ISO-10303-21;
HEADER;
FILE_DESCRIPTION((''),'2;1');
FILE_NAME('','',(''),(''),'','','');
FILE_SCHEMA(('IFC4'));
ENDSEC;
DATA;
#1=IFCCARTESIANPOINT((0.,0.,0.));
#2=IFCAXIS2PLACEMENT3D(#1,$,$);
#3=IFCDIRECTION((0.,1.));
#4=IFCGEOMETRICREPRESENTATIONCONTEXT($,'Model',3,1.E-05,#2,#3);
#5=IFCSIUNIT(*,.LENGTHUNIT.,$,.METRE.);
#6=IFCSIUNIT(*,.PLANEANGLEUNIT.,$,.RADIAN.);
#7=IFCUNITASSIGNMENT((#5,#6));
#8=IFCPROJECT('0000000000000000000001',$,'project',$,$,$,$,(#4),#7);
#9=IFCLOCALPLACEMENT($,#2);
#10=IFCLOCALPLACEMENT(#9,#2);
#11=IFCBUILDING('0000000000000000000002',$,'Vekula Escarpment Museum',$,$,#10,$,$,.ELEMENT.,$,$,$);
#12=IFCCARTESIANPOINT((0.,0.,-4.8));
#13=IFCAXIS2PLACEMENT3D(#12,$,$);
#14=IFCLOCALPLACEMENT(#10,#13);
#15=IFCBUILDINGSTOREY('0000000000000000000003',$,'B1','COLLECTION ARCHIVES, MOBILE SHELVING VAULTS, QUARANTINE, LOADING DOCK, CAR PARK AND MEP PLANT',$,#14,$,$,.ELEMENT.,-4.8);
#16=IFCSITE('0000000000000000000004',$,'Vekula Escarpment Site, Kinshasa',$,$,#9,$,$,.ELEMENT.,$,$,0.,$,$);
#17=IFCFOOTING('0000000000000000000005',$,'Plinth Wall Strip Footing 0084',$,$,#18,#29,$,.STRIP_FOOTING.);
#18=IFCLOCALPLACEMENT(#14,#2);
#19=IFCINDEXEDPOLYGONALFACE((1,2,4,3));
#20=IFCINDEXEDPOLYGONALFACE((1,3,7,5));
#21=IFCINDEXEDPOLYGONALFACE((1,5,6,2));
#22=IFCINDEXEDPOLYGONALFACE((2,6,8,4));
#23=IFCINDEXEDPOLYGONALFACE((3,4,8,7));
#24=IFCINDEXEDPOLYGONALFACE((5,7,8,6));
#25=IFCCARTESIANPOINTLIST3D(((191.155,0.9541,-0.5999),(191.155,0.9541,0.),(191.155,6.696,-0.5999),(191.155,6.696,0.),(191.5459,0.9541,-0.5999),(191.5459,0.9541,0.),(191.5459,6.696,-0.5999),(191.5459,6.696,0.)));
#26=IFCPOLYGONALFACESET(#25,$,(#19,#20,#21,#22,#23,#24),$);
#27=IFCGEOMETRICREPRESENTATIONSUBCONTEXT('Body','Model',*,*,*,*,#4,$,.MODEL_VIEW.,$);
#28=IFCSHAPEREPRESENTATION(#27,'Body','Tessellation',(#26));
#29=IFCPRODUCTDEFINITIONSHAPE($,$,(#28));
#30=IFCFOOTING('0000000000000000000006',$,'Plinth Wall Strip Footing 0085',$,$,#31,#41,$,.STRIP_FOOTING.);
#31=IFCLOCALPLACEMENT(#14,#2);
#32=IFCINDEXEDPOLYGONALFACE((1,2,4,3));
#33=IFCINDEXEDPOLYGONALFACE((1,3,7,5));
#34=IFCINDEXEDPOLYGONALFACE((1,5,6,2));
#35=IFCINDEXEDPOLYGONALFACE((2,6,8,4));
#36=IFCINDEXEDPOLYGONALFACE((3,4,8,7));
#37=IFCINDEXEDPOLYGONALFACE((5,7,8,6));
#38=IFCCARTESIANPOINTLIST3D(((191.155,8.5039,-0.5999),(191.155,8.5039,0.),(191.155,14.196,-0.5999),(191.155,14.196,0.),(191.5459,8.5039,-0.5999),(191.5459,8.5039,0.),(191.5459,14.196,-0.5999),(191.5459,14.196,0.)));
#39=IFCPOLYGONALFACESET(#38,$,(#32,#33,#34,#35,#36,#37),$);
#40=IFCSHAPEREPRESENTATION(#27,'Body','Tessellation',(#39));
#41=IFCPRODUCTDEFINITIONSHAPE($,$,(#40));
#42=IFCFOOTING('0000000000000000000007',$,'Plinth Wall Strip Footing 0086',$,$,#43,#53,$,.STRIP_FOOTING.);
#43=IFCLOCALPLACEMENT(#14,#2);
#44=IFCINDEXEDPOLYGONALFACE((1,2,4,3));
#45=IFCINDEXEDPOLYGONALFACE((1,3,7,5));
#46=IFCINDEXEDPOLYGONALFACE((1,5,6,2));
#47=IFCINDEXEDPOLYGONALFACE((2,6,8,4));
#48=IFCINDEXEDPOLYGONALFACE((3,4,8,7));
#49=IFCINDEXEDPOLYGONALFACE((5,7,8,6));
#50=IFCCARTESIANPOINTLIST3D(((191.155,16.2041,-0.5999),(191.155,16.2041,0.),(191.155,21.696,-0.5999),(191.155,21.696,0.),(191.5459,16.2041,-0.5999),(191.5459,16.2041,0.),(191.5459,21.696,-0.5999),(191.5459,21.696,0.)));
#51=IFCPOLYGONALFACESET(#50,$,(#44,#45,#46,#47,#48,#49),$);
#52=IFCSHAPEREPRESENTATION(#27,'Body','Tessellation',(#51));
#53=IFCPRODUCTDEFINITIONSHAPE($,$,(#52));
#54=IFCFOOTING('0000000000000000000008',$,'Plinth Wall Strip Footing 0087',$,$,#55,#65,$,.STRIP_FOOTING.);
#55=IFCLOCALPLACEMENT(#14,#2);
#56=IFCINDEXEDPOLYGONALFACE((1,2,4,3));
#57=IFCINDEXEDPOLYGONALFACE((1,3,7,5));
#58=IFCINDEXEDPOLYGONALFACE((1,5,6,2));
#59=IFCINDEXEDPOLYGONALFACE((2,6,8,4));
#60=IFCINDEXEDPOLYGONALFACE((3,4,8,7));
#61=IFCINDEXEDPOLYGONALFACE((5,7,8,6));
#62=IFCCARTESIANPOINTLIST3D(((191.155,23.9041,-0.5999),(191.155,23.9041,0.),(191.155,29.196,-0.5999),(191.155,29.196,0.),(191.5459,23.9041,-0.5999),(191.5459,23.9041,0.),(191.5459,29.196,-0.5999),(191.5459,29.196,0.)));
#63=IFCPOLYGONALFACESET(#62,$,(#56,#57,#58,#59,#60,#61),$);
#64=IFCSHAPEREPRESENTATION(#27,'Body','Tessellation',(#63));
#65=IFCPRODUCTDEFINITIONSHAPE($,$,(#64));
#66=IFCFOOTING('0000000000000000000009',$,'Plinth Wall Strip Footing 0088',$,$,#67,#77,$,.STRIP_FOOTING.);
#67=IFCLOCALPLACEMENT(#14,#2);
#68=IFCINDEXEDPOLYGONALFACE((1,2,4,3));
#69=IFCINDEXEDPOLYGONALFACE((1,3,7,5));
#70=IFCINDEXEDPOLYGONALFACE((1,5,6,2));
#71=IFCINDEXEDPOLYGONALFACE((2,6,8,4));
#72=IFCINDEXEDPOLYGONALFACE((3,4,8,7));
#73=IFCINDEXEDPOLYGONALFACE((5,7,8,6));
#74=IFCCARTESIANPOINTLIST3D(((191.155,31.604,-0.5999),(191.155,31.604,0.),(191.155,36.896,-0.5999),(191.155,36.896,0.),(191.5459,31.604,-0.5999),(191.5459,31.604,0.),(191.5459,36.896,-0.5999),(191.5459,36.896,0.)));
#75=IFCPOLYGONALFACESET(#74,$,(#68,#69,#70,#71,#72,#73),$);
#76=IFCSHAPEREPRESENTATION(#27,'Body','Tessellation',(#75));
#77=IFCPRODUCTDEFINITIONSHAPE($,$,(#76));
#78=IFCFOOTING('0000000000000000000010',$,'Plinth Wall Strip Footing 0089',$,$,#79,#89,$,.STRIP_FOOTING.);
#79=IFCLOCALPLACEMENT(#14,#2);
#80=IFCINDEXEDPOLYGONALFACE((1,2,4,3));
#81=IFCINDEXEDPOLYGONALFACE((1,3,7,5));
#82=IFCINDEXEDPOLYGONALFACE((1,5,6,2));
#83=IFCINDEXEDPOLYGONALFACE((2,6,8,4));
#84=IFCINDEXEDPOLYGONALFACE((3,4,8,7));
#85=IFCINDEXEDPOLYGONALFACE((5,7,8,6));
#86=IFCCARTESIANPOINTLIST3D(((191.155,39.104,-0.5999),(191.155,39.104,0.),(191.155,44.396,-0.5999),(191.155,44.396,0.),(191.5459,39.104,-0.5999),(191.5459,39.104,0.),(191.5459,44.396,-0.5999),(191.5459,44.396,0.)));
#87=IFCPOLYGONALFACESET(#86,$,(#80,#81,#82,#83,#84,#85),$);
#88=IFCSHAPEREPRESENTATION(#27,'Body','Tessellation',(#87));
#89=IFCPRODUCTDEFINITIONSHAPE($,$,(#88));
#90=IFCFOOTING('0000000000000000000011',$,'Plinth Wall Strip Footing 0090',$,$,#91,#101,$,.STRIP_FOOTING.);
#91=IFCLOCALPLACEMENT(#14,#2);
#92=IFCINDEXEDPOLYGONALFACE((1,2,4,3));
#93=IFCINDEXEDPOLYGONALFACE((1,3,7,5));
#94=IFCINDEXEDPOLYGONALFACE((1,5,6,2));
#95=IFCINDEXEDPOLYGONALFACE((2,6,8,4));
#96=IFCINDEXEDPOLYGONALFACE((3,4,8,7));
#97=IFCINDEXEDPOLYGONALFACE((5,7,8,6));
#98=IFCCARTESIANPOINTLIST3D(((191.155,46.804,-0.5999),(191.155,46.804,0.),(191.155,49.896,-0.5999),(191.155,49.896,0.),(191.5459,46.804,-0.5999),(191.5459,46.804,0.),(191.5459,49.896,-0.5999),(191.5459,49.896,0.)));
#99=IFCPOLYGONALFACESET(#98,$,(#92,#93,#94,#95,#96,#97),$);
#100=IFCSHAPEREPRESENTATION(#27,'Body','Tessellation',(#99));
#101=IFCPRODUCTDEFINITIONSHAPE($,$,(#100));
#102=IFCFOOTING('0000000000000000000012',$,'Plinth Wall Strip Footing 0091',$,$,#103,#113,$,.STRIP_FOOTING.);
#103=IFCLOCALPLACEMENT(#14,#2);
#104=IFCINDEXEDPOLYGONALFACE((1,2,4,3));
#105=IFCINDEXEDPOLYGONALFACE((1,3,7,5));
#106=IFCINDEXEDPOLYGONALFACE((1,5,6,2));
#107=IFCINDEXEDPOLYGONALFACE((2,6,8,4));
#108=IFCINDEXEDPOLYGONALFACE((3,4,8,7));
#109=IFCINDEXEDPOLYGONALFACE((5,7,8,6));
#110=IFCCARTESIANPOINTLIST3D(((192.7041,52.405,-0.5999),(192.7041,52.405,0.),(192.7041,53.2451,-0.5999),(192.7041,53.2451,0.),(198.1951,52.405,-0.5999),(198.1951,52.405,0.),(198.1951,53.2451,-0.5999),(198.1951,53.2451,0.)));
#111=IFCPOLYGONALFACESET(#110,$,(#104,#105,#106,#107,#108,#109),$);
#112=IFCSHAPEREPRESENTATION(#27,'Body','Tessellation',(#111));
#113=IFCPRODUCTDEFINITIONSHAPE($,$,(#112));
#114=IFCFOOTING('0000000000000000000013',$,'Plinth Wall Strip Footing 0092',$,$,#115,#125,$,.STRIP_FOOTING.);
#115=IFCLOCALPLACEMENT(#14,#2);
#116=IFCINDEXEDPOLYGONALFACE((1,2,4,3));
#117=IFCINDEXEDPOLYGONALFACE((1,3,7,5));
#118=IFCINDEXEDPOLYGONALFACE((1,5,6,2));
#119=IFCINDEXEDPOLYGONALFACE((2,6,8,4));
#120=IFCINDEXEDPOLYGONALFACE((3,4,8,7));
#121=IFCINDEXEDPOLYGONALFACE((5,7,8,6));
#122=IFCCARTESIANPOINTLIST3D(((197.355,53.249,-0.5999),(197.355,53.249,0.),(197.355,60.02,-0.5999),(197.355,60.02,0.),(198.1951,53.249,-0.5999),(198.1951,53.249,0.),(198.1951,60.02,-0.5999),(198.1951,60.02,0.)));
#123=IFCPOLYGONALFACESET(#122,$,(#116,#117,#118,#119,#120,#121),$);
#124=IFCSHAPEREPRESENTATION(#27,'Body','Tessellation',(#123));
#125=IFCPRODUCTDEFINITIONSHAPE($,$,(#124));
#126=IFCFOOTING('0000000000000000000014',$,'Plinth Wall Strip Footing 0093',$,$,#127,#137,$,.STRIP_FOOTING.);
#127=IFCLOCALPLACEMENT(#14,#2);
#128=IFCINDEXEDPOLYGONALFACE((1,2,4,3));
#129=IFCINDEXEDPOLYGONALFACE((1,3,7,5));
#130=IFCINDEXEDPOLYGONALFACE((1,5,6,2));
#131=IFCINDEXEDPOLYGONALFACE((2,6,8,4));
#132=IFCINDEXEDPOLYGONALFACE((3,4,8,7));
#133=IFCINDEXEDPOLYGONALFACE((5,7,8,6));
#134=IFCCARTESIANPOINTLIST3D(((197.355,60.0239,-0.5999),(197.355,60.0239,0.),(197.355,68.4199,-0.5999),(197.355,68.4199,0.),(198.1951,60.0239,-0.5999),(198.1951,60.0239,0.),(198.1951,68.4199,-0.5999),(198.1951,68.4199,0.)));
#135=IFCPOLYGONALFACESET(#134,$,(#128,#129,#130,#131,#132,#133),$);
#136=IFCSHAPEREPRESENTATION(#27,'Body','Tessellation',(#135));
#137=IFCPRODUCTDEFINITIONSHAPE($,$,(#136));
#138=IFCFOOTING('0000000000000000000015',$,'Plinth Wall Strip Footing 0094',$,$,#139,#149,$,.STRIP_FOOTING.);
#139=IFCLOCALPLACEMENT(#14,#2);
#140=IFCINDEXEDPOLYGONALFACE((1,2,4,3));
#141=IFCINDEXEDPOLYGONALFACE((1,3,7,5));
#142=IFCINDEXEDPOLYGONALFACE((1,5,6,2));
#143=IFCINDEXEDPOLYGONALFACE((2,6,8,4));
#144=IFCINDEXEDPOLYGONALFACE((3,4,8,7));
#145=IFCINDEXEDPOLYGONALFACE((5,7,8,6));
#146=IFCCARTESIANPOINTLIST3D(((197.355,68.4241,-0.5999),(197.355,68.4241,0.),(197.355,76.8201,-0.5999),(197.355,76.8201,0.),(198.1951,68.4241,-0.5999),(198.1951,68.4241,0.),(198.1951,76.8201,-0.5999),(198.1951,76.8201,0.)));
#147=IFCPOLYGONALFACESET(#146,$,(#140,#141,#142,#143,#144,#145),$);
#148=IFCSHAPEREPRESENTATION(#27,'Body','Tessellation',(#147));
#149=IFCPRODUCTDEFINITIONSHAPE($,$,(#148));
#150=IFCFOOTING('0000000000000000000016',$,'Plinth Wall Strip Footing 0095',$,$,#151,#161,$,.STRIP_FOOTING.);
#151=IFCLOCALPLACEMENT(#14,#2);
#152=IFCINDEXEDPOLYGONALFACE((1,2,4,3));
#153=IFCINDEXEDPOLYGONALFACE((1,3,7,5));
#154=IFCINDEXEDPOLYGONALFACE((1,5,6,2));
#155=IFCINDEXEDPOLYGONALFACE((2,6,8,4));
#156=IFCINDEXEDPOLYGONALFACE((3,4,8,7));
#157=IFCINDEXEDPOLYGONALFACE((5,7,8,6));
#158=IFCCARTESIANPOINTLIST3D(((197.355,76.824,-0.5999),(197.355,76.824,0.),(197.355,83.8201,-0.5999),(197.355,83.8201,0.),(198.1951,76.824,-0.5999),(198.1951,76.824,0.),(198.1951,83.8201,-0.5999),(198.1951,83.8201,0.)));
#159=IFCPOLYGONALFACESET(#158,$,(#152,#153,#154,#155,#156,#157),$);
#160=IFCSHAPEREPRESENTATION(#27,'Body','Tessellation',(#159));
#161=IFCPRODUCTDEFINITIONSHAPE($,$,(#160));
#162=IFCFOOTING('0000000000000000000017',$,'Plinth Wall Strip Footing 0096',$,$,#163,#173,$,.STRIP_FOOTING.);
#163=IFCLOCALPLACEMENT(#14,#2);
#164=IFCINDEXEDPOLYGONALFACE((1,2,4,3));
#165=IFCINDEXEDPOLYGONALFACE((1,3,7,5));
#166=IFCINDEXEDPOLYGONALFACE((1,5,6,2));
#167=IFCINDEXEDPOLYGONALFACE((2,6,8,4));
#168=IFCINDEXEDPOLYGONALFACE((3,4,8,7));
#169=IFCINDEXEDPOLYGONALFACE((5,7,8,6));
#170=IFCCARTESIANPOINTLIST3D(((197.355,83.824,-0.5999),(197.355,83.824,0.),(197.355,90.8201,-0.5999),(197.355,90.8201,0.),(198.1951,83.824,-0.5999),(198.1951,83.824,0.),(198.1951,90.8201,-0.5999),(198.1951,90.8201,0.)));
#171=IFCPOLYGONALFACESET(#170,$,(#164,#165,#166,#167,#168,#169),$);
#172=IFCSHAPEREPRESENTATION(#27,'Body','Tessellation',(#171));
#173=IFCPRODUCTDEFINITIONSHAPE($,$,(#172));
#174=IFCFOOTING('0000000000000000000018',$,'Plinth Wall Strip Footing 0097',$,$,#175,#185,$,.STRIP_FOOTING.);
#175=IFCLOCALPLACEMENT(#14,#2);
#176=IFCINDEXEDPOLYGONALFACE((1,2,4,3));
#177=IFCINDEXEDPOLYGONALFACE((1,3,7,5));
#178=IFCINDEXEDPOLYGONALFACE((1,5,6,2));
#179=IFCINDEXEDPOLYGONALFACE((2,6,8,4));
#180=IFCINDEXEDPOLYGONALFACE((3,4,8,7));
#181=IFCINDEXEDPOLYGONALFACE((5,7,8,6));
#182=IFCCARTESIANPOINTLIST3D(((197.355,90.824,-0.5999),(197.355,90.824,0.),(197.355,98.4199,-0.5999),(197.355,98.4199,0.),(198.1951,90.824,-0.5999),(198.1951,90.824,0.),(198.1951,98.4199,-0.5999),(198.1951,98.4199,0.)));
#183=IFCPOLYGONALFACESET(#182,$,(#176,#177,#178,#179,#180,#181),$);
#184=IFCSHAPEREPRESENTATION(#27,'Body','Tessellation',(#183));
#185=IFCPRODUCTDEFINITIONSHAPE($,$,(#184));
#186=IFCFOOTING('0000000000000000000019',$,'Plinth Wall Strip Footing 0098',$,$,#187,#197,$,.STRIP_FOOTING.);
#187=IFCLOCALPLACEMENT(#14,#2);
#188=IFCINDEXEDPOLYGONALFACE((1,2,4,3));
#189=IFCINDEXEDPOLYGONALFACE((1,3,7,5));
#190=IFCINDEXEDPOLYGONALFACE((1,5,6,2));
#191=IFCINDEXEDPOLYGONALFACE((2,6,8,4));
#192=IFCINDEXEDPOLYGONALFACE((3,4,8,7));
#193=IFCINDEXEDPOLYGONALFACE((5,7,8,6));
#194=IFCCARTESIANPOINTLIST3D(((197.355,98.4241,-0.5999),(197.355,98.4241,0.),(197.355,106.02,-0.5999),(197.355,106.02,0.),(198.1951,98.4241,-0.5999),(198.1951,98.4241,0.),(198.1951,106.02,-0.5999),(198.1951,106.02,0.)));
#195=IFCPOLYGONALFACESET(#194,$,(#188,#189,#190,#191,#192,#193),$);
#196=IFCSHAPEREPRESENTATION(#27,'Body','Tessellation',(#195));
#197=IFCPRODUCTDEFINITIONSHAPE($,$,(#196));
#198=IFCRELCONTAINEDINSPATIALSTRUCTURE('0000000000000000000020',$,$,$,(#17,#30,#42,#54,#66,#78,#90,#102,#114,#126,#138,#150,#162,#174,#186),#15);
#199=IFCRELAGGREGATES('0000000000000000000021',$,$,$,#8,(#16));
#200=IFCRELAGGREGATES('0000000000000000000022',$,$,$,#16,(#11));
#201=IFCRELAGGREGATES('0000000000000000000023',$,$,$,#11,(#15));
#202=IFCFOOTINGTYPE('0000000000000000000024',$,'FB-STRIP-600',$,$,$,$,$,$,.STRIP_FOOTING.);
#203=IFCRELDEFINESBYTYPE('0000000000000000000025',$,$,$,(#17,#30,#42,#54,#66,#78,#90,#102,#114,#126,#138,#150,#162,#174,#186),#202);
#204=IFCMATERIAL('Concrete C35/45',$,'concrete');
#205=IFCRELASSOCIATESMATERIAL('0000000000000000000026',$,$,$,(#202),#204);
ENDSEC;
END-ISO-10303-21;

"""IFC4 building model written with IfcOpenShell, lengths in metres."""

from ifc_helpers import new_model, si_unit, direction, frame, origin, place, context, subcontext, project, spatial, polyline, outline, extrude, material, type_object, element, save


model = new_model("IFC4")

# Units and contexts
model_context = context("Model", 3, precision=1e-05, world=origin(), true_north=direction((0.0, 1.0)))
body_context = subcontext(model_context, "Body", "Model", "MODEL_VIEW")
ifc_project = project(units=[si_unit("LENGTHUNIT", "METRE"), si_unit("PLANEANGLEUNIT", "RADIAN")], contexts=[model_context])

# Site, building, storey
site_placement = place(None, origin())
site = spatial("IfcSite", under=ifc_project, at=site_placement, Name="Vekula Escarpment Site, Kinshasa", CompositionType="ELEMENT", RefElevation=0.0)
building_placement = place(site_placement, origin())
building = spatial("IfcBuilding", under=site, at=building_placement, Name="Vekula Escarpment Museum", CompositionType="ELEMENT")
storey_placement = place(building_placement, frame((0.0, 0.0, -4.8)))
storey = spatial("IfcBuildingStorey", under=building, at=storey_placement, Name="B1", Description="COLLECTION ARCHIVES, MOBILE SHELVING VAULTS, QUARANTINE, LOADING DOCK, CAR PARK AND MEP PLANT", CompositionType="ELEMENT", Elevation=-4.8)

# Footings
ifc_material = material(Name="Concrete C35/45", Category="concrete")
footing_type = type_object("IfcFootingType", Name="FB-STRIP-600", PredefinedType="STRIP_FOOTING", material=ifc_material)
footing_1_placement = place(storey_placement, frame((0.0, 0.0, -0.5999)))
element("IfcFooting", 1, at=footing_1_placement, inside=storey, type_object=footing_type, Name="Plinth Wall Strip Footing 0084", PredefinedType="STRIP_FOOTING", context=body_context, shape_type="SweptSolid", body=[
    extrude(outline(polyline([(191.155, 6.696), (191.5459, 6.696), (191.5459, 0.9541), (191.155, 0.9541), (191.155, 6.696)])), origin(), (0.0, 0.0, 1.0), 0.5999),
])
footing_2_placement = place(storey_placement, frame((0.0, 0.0, -0.5999)))
element("IfcFooting", 2, at=footing_2_placement, inside=storey, type_object=footing_type, Name="Plinth Wall Strip Footing 0085", PredefinedType="STRIP_FOOTING", context=body_context, shape_type="SweptSolid", body=[
    extrude(outline(polyline([(191.155, 14.196), (191.5459, 14.196), (191.5459, 8.5039), (191.155, 8.5039), (191.155, 14.196)])), origin(), (0.0, 0.0, 1.0), 0.5999),
])
footing_3_placement = place(storey_placement, frame((0.0, 0.0, -0.5999)))
element("IfcFooting", 3, at=footing_3_placement, inside=storey, type_object=footing_type, Name="Plinth Wall Strip Footing 0086", PredefinedType="STRIP_FOOTING", context=body_context, shape_type="SweptSolid", body=[
    extrude(outline(polyline([(191.155, 21.696), (191.5459, 21.696), (191.5459, 16.2041), (191.155, 16.2041), (191.155, 21.696)])), origin(), (0.0, 0.0, 1.0), 0.5999),
])
footing_4_placement = place(storey_placement, frame((0.0, 0.0, -0.5999)))
element("IfcFooting", 4, at=footing_4_placement, inside=storey, type_object=footing_type, Name="Plinth Wall Strip Footing 0087", PredefinedType="STRIP_FOOTING", context=body_context, shape_type="SweptSolid", body=[
    extrude(outline(polyline([(191.155, 29.196), (191.5459, 29.196), (191.5459, 23.9041), (191.155, 23.9041), (191.155, 29.196)])), origin(), (0.0, 0.0, 1.0), 0.5999),
])
footing_5_placement = place(storey_placement, frame((0.0, 0.0, -0.5999)))
element("IfcFooting", 5, at=footing_5_placement, inside=storey, type_object=footing_type, Name="Plinth Wall Strip Footing 0088", PredefinedType="STRIP_FOOTING", context=body_context, shape_type="SweptSolid", body=[
    extrude(outline(polyline([(191.155, 36.896), (191.5459, 36.896), (191.5459, 31.604), (191.155, 31.604), (191.155, 36.896)])), origin(), (0.0, 0.0, 1.0), 0.5999),
])
footing_6_placement = place(storey_placement, frame((0.0, 0.0, -0.5999)))
element("IfcFooting", 6, at=footing_6_placement, inside=storey, type_object=footing_type, Name="Plinth Wall Strip Footing 0089", PredefinedType="STRIP_FOOTING", context=body_context, shape_type="SweptSolid", body=[
    extrude(outline(polyline([(191.155, 44.396), (191.5459, 44.396), (191.5459, 39.104), (191.155, 39.104), (191.155, 44.396)])), origin(), (0.0, 0.0, 1.0), 0.5999),
])
footing_7_placement = place(storey_placement, frame((0.0, 0.0, -0.5999)))
element("IfcFooting", 7, at=footing_7_placement, inside=storey, type_object=footing_type, Name="Plinth Wall Strip Footing 0090", PredefinedType="STRIP_FOOTING", context=body_context, shape_type="SweptSolid", body=[
    extrude(outline(polyline([(191.155, 49.896), (191.5459, 49.896), (191.5459, 46.804), (191.155, 46.804), (191.155, 49.896)])), origin(), (0.0, 0.0, 1.0), 0.5999),
])
footing_8_placement = place(storey_placement, frame((0.0, 0.0, -0.5999)))
element("IfcFooting", 8, at=footing_8_placement, inside=storey, type_object=footing_type, Name="Plinth Wall Strip Footing 0091", PredefinedType="STRIP_FOOTING", context=body_context, shape_type="SweptSolid", body=[
    extrude(outline(polyline([(198.1951, 53.2451), (198.1951, 52.405), (192.7041, 52.405), (192.7041, 53.2451), (198.1951, 53.2451)])), origin(), (0.0, 0.0, 1.0), 0.5999),
])
footing_9_placement = place(storey_placement, frame((0.0, 0.0, -0.5999)))
element("IfcFooting", 9, at=footing_9_placement, inside=storey, type_object=footing_type, Name="Plinth Wall Strip Footing 0092", PredefinedType="STRIP_FOOTING", context=body_context, shape_type="SweptSolid", body=[
    extrude(outline(polyline([(197.355, 60.02), (198.1951, 60.02), (198.1951, 53.249), (197.355, 53.249), (197.355, 60.02)])), origin(), (0.0, 0.0, 1.0), 0.5999),
])
footing_10_placement = place(storey_placement, frame((0.0, 0.0, -0.5999)))
element("IfcFooting", 10, at=footing_10_placement, inside=storey, type_object=footing_type, Name="Plinth Wall Strip Footing 0093", PredefinedType="STRIP_FOOTING", context=body_context, shape_type="SweptSolid", body=[
    extrude(outline(polyline([(197.355, 68.4199), (198.1951, 68.4199), (198.1951, 60.0239), (197.355, 60.0239), (197.355, 68.4199)])), origin(), (0.0, 0.0, 1.0), 0.5999),
])
footing_11_placement = place(storey_placement, frame((0.0, 0.0, -0.5999)))
element("IfcFooting", 11, at=footing_11_placement, inside=storey, type_object=footing_type, Name="Plinth Wall Strip Footing 0094", PredefinedType="STRIP_FOOTING", context=body_context, shape_type="SweptSolid", body=[
    extrude(outline(polyline([(197.355, 76.8201), (198.1951, 76.8201), (198.1951, 68.4241), (197.355, 68.4241), (197.355, 76.8201)])), origin(), (0.0, 0.0, 1.0), 0.5999),
])
footing_12_placement = place(storey_placement, frame((0.0, 0.0, -0.5999)))
element("IfcFooting", 12, at=footing_12_placement, inside=storey, type_object=footing_type, Name="Plinth Wall Strip Footing 0095", PredefinedType="STRIP_FOOTING", context=body_context, shape_type="SweptSolid", body=[
    extrude(outline(polyline([(197.355, 83.8201), (198.1951, 83.8201), (198.1951, 76.824), (197.355, 76.824), (197.355, 83.8201)])), origin(), (0.0, 0.0, 1.0), 0.5999),
])
footing_13_placement = place(storey_placement, frame((0.0, 0.0, -0.5999)))
element("IfcFooting", 13, at=footing_13_placement, inside=storey, type_object=footing_type, Name="Plinth Wall Strip Footing 0096", PredefinedType="STRIP_FOOTING", context=body_context, shape_type="SweptSolid", body=[
    extrude(outline(polyline([(197.355, 90.8201), (198.1951, 90.8201), (198.1951, 83.824), (197.355, 83.824), (197.355, 90.8201)])), origin(), (0.0, 0.0, 1.0), 0.5999),
])
footing_14_placement = place(storey_placement, frame((0.0, 0.0, -0.5999)))
element("IfcFooting", 14, at=footing_14_placement, inside=storey, type_object=footing_type, Name="Plinth Wall Strip Footing 0097", PredefinedType="STRIP_FOOTING", context=body_context, shape_type="SweptSolid", body=[
    extrude(outline(polyline([(197.355, 98.4199), (198.1951, 98.4199), (198.1951, 90.824), (197.355, 90.824), (197.355, 98.4199)])), origin(), (0.0, 0.0, 1.0), 0.5999),
])
footing_15_placement = place(storey_placement, frame((0.0, 0.0, -0.5999)))
element("IfcFooting", 15, at=footing_15_placement, inside=storey, type_object=footing_type, Name="Plinth Wall Strip Footing 0098", PredefinedType="STRIP_FOOTING", context=body_context, shape_type="SweptSolid", body=[
    extrude(outline(polyline([(197.355, 106.02), (198.1951, 106.02), (198.1951, 98.4241), (197.355, 98.4241), (197.355, 106.02)])), origin(), (0.0, 0.0, 1.0), 0.5999),
])

save(model, "model.ifc")
